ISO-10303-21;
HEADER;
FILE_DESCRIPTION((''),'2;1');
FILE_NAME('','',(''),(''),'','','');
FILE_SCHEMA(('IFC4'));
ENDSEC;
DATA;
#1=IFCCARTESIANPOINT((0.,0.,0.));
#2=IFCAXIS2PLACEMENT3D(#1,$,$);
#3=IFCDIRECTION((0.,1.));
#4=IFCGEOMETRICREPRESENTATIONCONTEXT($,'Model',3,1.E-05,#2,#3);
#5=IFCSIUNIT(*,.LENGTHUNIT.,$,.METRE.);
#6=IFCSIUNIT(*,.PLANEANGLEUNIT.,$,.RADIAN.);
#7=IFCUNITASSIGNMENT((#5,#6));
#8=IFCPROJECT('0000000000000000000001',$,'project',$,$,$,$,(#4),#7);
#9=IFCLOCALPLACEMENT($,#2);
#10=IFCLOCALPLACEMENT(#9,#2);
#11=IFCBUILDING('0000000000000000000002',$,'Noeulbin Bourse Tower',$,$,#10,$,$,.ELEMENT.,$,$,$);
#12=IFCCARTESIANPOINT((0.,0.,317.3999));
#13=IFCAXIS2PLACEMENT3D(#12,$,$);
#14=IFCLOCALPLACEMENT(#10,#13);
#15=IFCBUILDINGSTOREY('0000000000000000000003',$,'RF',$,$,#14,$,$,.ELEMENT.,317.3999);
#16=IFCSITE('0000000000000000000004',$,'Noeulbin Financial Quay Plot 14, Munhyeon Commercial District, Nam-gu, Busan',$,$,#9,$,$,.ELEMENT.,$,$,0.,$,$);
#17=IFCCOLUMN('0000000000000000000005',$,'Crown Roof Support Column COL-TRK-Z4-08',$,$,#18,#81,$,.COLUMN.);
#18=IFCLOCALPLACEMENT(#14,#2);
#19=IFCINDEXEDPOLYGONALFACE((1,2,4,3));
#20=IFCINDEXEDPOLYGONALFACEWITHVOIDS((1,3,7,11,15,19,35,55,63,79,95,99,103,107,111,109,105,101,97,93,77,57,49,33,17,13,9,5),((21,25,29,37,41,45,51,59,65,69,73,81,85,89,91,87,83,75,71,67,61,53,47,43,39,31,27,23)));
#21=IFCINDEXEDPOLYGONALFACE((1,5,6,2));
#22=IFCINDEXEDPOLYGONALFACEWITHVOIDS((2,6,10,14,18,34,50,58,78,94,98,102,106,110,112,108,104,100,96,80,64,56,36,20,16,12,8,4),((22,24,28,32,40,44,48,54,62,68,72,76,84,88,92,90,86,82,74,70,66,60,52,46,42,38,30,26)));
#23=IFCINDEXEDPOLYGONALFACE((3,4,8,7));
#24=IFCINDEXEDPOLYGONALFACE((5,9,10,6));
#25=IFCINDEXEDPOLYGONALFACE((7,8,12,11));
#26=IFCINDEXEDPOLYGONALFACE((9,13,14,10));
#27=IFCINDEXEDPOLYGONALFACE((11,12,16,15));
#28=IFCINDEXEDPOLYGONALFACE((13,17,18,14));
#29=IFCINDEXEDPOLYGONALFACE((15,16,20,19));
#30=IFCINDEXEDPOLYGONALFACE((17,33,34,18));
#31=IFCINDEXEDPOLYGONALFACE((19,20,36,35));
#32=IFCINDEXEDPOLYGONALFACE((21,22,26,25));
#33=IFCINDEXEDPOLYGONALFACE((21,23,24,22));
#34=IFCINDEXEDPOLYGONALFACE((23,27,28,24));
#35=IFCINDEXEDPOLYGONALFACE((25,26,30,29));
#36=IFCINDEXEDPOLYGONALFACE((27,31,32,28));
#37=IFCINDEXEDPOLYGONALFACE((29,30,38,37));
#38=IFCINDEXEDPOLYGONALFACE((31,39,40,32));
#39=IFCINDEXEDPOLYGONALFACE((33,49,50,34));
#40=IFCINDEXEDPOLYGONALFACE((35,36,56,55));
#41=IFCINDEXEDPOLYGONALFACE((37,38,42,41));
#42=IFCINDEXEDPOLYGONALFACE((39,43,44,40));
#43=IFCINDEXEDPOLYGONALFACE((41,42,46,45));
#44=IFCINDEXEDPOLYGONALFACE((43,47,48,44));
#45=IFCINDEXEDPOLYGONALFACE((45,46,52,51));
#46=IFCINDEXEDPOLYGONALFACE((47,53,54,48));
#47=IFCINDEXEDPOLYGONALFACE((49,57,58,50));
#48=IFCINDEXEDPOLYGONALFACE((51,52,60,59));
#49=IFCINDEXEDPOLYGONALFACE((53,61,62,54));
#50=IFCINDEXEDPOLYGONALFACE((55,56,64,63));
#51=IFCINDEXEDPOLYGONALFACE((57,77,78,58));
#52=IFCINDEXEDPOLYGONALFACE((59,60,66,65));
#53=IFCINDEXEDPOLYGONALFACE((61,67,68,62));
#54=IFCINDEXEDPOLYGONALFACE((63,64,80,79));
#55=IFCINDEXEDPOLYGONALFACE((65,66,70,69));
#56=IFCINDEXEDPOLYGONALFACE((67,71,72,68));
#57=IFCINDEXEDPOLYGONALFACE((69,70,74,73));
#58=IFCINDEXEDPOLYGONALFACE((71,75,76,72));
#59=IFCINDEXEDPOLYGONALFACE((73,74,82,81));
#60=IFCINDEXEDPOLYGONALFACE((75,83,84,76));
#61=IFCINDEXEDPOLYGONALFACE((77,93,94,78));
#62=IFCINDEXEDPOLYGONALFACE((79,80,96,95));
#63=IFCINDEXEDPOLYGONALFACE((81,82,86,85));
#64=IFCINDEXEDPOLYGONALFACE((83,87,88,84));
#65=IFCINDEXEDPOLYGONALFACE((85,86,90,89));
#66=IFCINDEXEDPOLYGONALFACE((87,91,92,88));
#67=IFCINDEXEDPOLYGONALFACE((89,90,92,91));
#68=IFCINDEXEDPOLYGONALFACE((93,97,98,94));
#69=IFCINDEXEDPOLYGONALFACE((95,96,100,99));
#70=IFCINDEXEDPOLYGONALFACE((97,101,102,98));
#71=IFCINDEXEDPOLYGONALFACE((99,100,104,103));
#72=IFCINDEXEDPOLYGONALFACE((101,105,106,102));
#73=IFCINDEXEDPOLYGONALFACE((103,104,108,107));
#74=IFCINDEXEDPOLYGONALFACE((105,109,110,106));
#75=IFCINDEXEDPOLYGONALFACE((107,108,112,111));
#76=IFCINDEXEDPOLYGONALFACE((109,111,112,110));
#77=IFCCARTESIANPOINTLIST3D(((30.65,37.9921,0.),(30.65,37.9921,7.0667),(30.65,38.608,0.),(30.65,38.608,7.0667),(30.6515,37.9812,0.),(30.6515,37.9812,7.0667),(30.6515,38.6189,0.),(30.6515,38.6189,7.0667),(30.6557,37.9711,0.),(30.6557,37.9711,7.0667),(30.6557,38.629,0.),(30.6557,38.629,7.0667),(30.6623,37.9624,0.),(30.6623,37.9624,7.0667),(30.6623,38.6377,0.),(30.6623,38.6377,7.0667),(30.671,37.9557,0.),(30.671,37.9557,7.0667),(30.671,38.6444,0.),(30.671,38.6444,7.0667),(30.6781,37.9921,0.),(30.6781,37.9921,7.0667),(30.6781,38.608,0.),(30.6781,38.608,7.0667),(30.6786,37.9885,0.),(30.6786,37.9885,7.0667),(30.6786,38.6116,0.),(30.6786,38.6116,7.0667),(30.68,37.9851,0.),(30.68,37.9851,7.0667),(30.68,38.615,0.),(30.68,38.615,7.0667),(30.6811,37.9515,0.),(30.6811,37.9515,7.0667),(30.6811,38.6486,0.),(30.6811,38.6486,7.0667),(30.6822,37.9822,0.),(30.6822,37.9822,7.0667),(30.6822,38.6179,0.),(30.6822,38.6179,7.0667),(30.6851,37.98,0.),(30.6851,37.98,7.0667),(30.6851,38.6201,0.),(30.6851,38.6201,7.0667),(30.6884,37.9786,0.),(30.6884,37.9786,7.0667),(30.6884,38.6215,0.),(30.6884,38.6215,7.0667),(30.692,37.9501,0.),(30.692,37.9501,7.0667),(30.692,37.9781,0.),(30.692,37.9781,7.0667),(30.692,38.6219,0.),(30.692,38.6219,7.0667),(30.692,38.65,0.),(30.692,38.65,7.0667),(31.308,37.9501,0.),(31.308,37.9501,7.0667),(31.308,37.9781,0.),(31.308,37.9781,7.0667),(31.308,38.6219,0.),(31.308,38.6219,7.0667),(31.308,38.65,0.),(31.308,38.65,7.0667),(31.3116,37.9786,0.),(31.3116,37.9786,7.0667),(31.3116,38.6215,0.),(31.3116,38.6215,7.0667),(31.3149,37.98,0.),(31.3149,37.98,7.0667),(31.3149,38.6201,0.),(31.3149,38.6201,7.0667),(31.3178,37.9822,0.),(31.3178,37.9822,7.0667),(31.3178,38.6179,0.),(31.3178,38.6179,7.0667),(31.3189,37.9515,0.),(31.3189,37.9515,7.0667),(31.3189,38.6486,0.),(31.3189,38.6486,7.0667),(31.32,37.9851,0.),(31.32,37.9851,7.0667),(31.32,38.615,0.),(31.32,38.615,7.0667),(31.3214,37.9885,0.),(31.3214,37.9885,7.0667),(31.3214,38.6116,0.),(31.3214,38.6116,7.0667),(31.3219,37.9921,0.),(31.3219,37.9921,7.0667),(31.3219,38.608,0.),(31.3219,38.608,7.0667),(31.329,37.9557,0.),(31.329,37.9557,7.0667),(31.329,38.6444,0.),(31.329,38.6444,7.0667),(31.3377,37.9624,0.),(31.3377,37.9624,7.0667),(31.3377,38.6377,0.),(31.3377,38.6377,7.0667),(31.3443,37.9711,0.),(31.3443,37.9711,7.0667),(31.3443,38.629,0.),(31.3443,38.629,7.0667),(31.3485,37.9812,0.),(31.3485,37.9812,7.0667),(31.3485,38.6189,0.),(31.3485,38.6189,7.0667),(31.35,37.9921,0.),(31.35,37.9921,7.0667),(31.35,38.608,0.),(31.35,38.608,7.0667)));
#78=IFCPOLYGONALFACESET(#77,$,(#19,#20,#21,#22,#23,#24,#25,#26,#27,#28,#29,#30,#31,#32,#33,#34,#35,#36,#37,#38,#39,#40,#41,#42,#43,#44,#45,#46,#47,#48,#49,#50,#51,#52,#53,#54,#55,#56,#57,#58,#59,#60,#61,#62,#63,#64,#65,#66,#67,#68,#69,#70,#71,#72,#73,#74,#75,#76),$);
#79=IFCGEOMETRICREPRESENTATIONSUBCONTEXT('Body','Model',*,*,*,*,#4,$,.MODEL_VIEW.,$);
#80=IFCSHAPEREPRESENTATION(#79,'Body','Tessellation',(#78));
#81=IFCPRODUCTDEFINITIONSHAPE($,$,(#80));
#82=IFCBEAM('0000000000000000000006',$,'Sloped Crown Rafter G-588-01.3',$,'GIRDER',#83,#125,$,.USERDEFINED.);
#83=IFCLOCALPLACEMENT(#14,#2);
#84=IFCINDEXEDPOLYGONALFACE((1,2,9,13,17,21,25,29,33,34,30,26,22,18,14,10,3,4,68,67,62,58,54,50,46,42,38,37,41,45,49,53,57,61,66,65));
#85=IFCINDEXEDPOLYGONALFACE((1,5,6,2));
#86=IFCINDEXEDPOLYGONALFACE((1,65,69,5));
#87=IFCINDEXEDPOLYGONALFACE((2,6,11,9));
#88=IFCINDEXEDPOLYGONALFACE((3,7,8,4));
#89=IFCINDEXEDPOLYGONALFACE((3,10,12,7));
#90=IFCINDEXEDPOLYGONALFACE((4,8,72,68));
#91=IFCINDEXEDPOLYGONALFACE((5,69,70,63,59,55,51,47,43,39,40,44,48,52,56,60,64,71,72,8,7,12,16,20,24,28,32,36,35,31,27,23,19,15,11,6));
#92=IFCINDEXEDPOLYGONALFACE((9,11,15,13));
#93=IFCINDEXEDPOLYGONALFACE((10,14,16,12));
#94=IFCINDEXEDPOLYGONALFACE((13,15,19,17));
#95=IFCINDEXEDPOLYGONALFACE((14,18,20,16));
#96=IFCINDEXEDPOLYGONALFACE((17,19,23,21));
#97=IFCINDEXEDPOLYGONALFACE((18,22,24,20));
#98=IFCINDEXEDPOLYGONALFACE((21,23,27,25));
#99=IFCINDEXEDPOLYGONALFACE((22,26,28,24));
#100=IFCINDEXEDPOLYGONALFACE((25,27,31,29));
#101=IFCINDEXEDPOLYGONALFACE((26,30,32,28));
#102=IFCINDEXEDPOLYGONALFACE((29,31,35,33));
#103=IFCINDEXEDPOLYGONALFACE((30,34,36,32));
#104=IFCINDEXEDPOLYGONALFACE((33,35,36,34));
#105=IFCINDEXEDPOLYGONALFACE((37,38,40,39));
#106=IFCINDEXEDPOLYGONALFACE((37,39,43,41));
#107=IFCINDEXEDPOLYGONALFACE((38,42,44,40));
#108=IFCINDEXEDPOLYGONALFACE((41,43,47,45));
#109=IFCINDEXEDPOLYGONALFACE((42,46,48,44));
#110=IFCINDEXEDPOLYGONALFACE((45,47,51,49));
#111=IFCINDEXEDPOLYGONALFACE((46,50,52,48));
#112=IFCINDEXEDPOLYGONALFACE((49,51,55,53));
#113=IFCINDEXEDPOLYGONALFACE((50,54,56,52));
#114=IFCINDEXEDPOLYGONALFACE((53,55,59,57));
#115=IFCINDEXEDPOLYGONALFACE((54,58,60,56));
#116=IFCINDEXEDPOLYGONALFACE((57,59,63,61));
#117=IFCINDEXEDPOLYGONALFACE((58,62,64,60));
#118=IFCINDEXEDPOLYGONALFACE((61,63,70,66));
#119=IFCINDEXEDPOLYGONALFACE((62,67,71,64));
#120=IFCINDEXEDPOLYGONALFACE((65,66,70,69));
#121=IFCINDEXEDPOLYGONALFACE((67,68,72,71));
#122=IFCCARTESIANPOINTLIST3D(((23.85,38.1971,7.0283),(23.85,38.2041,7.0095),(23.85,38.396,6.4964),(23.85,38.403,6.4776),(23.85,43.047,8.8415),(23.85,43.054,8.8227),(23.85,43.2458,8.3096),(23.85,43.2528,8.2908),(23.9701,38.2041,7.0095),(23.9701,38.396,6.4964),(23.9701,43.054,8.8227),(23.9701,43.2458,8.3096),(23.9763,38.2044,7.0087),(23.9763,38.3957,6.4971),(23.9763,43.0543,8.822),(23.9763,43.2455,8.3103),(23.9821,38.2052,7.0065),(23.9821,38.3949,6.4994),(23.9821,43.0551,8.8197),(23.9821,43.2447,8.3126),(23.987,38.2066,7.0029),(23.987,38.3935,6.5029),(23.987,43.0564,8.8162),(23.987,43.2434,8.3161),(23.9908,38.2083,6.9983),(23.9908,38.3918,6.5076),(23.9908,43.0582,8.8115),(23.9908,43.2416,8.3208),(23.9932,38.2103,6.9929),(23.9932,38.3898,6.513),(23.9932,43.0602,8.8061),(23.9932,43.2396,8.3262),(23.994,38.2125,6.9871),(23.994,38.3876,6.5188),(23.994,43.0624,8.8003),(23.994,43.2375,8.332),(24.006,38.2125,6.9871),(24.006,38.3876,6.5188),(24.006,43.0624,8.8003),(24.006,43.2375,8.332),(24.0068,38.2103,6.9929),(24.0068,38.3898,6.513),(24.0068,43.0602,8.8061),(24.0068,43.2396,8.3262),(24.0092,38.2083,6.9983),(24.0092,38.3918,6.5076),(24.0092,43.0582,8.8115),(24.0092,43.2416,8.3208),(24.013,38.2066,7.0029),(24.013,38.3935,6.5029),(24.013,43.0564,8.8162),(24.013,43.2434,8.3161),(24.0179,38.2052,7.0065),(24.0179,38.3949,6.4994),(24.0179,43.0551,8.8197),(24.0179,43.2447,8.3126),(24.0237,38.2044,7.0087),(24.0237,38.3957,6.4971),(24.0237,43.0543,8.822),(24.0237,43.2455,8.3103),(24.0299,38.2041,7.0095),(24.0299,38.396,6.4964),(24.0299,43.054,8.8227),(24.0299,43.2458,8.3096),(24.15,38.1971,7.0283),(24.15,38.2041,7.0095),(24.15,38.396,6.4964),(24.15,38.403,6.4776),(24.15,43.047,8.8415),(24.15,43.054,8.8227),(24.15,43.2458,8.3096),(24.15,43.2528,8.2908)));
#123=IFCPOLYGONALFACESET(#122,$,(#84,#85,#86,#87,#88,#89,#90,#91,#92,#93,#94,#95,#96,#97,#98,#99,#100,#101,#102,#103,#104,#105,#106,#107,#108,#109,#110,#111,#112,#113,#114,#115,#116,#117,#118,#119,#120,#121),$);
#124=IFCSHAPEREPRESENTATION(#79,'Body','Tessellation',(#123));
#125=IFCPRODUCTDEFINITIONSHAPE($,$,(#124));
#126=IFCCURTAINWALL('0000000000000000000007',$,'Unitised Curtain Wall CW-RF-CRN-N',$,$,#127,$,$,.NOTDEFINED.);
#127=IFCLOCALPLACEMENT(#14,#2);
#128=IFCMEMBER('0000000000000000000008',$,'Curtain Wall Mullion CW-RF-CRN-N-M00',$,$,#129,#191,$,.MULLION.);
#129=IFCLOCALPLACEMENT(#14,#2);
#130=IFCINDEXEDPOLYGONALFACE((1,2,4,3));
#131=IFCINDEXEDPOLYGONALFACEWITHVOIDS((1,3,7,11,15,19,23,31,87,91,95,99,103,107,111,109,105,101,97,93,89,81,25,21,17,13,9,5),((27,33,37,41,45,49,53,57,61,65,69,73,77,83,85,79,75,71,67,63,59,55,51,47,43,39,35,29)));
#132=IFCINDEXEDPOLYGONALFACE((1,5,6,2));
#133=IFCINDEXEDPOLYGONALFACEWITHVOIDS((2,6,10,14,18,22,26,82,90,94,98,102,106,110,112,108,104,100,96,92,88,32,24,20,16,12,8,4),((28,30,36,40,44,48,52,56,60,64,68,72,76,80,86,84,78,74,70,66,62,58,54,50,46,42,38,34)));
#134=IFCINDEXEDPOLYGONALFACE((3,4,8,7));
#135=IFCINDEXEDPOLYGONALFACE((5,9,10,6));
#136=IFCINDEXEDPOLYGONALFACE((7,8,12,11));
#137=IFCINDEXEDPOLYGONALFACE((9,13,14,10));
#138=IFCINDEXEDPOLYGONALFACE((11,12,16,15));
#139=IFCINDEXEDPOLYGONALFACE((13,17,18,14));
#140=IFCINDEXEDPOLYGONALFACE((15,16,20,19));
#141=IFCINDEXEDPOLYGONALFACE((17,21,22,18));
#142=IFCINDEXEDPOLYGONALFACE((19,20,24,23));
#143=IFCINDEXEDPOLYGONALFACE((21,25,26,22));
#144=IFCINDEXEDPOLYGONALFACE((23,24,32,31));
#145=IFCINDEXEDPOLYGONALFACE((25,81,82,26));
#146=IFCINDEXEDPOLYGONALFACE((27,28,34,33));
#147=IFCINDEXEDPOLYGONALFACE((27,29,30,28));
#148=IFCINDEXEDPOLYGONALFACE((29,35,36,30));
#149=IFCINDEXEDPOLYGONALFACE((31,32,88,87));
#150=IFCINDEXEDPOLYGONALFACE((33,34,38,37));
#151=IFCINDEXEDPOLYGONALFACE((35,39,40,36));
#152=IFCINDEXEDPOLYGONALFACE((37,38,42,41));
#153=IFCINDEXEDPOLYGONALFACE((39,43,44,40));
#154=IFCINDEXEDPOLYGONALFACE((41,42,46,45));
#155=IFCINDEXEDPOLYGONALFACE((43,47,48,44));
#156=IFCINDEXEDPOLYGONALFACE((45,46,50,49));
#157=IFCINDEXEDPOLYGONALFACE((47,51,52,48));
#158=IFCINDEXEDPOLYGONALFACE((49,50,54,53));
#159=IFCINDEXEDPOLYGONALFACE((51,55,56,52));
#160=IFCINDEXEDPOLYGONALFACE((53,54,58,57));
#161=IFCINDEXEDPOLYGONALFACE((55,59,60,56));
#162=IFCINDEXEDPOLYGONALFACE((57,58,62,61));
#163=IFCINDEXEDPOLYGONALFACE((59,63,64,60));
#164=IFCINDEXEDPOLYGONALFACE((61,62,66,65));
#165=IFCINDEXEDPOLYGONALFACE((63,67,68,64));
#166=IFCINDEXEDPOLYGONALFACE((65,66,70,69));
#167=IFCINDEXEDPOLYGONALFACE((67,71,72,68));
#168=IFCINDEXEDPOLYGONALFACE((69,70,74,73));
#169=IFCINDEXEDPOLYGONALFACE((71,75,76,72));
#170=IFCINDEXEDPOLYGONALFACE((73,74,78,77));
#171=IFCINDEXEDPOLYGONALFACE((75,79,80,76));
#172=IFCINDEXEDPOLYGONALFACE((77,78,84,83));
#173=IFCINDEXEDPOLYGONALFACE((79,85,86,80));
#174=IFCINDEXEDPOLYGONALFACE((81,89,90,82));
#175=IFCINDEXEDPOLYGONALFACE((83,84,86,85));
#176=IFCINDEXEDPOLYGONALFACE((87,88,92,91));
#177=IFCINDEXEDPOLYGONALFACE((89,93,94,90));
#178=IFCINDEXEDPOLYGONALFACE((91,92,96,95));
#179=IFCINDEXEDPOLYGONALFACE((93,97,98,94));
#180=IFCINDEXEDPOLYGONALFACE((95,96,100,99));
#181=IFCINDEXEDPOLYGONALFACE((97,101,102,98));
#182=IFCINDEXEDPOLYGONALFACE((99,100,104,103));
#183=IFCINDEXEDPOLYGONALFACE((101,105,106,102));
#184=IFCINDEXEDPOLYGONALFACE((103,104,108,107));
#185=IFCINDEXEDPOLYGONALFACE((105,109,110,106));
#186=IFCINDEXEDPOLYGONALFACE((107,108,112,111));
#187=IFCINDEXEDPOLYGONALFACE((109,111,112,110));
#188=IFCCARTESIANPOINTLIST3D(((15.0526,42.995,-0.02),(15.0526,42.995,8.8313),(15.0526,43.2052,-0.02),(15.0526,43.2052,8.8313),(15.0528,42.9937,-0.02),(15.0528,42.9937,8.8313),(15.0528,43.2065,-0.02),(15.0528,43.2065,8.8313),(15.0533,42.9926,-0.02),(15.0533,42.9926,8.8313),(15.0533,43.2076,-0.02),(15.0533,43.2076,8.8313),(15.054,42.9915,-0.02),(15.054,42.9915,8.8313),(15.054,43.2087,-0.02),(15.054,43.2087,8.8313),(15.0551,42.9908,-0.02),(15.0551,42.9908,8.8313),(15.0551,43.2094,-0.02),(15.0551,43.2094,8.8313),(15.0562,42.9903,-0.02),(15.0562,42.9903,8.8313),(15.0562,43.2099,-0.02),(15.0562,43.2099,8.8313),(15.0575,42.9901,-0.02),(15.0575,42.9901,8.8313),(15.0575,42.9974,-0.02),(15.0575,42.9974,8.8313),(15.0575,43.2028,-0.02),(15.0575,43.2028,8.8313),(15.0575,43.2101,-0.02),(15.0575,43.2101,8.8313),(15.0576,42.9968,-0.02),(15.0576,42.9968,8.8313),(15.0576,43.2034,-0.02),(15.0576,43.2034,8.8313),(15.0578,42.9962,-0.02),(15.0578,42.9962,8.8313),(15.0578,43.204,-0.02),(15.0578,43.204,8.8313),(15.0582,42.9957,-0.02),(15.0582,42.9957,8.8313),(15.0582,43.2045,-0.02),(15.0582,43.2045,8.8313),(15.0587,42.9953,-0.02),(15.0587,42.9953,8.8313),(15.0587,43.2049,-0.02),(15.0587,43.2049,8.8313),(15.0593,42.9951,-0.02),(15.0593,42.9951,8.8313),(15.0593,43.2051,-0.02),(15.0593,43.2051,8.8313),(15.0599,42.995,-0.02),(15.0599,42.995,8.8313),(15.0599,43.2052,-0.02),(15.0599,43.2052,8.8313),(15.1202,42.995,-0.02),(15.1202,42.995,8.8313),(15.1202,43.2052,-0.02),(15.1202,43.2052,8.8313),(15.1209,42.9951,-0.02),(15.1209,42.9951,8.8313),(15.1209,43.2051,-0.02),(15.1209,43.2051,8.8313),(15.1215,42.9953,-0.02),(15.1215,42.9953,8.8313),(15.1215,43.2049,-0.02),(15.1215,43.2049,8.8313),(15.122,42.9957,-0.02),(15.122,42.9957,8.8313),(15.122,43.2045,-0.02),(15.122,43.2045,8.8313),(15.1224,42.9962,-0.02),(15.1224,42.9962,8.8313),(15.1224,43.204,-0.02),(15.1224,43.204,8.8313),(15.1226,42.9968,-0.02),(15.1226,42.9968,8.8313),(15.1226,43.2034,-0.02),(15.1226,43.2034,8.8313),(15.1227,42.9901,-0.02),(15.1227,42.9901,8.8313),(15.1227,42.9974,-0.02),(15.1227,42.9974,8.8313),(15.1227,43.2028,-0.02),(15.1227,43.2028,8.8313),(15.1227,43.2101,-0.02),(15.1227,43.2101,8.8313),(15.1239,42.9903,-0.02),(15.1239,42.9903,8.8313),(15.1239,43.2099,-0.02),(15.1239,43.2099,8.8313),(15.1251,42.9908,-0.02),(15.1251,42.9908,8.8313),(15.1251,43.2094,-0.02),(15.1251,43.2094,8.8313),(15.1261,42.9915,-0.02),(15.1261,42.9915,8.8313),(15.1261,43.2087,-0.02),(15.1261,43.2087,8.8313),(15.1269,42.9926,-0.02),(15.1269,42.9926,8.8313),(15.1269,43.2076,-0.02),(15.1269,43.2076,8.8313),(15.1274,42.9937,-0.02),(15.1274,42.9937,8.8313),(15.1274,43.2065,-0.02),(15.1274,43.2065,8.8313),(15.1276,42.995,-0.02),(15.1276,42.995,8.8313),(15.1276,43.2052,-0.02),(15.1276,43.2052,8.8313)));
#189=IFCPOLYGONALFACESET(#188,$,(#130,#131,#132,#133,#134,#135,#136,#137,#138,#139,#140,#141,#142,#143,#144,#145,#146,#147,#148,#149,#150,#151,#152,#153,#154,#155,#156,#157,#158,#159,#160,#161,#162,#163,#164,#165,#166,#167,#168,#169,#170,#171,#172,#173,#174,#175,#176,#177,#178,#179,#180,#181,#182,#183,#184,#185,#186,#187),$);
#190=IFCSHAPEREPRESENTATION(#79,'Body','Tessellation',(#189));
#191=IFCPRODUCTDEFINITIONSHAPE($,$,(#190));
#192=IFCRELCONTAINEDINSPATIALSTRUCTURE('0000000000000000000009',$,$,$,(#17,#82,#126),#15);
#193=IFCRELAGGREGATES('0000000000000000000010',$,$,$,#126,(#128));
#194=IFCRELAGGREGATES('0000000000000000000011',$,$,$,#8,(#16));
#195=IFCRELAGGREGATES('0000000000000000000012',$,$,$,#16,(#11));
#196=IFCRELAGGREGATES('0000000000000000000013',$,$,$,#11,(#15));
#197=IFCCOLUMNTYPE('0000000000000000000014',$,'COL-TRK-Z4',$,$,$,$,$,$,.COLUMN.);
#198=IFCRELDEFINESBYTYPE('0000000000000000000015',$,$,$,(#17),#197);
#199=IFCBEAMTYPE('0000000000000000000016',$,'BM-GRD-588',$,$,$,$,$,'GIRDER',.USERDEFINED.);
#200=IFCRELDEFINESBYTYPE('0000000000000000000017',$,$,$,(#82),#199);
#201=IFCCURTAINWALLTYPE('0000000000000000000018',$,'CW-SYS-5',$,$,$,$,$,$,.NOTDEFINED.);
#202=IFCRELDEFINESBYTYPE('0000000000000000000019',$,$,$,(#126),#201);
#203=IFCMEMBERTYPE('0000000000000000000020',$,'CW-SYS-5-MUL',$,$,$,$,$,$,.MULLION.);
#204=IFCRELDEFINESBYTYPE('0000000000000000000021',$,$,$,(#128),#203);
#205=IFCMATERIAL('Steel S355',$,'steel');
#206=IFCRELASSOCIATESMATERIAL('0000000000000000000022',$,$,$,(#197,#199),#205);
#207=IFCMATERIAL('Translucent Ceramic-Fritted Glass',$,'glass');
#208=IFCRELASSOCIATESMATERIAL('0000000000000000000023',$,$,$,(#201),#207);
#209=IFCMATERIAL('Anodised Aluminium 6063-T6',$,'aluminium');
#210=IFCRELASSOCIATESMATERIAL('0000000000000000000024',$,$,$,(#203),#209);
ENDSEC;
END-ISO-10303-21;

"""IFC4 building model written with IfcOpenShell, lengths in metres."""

from ifc_helpers import new_model, si_unit, direction, frame, origin, origin_2d, place, context, subcontext, project, spatial, hollow_rectangle, i_section, extrude, material, material_profile, profile_set, type_object, element, aggregate, save


model = new_model("IFC4")

# Units and contexts
model_context = context("Model", 3, precision=1e-05, world=origin(), true_north=direction((0.0, 1.0)))
body_context = subcontext(model_context, "Body", "Model", "MODEL_VIEW")
ifc_project = project(units=[si_unit("LENGTHUNIT", "METRE"), si_unit("PLANEANGLEUNIT", "RADIAN")], contexts=[model_context])

# Site, building, storey
site_placement = place(None, origin())
site = spatial("IfcSite", under=ifc_project, at=site_placement, Name="Noeulbin Financial Quay Plot 14, Munhyeon Commercial District, Nam-gu, Busan", CompositionType="ELEMENT", RefElevation=0.0)
building_placement = place(site_placement, origin())
building = spatial("IfcBuilding", under=site, at=building_placement, Name="Noeulbin Bourse Tower", CompositionType="ELEMENT")
storey_placement = place(building_placement, frame((0.0, 0.0, 317.3999)))
storey = spatial("IfcBuildingStorey", under=building, at=storey_placement, Name="RF", CompositionType="ELEMENT", Elevation=317.3999)

# Column
ifc_material_1 = material(Name="Steel S355", Category="steel")
ifc_material_profile_1 = material_profile(ifc_material_1, hollow_rectangle(XDim=0.7, YDim=0.7, WallThickness=0.0281, InnerFilletRadius=0.0139, OuterFilletRadius=0.042, at=origin_2d()), Name="BOX-700x700x28", Category="LoadBearing")
ifc_profile_set_1 = profile_set([ifc_material_profile_1], Name="Steel S355")
column_type_1 = type_object("IfcColumnType", Name="COL-TRK-Z4", PredefinedType="COLUMN", material=ifc_profile_set_1)
for number, where, z_axis, x_axis, name in (
    (1, (31.0, 38.3, 0.0), (0.0, 0.0, 1.0), (1.0, 0.0, 0.0), "Crown Roof Support Column COL-TRK-Z4-08"),
):
    element("IfcColumn", number, at=place(storey_placement, frame(where, z_axis=z_axis, x_axis=x_axis)), inside=storey, type_object=column_type_1, Name=name, PredefinedType="COLUMN", context=body_context, shape_type="SweptSolid", body=[
        extrude(hollow_rectangle(XDim=0.7, YDim=0.7, WallThickness=0.0281, InnerFilletRadius=0.0139, OuterFilletRadius=0.042, at=origin_2d()), origin(), (0.0, 0.0, 1.0), 7.0667),
    ])

# Beam
ifc_material_profile_2 = material_profile(ifc_material_1, i_section(OverallWidth=0.3, OverallDepth=0.5879, WebThickness=0.012, FlangeThickness=0.02, FilletRadius=0.0239, at=origin_2d()), Name="H-588x300x12x20", Category="LoadBearing")
ifc_profile_set_2 = profile_set([ifc_material_profile_2], Name="Steel S355")
beam_type = type_object("IfcBeamType", Name="BM-GRD-588", ElementType="GIRDER", PredefinedType="USERDEFINED", material=ifc_profile_set_2)
beam_placement = place(storey_placement, frame((24.0, 38.3, 6.7529), z_axis=(0.0, 0.936676, 0.350198), x_axis=(-1.0, 0.0, 0.0)))
element("IfcBeam", 2, at=beam_placement, inside=storey, type_object=beam_type, Name="Sloped Crown Rafter G-588-01.3", ObjectType="GIRDER", PredefinedType="USERDEFINED", context=body_context, shape_type="SweptSolid", body=[
    extrude(i_section(OverallWidth=0.3, OverallDepth=0.5879, WebThickness=0.012, FlangeThickness=0.02, FilletRadius=0.0239, at=origin_2d()), origin(), (0.0, 0.0, 1.0), 5.1777),
])

# Curtain wall, member
ifc_material_2 = material(Name="Translucent Ceramic-Fritted Glass", Category="glass")
curtain_wall_type = type_object("IfcCurtainWallType", Name="CW-SYS-5", PredefinedType="NOTDEFINED", material=ifc_material_2)
curtain_wall_1_placement = place(storey_placement, origin())
curtain_wall_1 = element("IfcCurtainWall", 3, at=curtain_wall_1_placement, inside=storey, type_object=curtain_wall_type, Name="Unitised Curtain Wall CW-RF-CRN-N", PredefinedType="NOTDEFINED")
ifc_material_3 = material(Name="Anodised Aluminium 6063-T6", Category="aluminium")
ifc_material_profile_3 = material_profile(ifc_material_3, hollow_rectangle(XDim=0.075, YDim=0.22, WallThickness=0.0049, InnerFilletRadius=0.0024, OuterFilletRadius=0.0049, at=origin_2d()), Name="ALU-MULL-75x220x5", Category="LoadBearing")
ifc_profile_set_3 = profile_set([ifc_material_profile_3], Name="Anodised Aluminium 6063-T6")
member_type_1 = type_object("IfcMemberType", Name="CW-SYS-5-MUL", PredefinedType="MULLION", material=ifc_profile_set_3)
member_1_placement = place(storey_placement, frame((15.0901, 43.1001, -0.02), z_axis=(0.0, 0.0, 1.0), x_axis=(1.0, 0.0, 0.0)))
member_1 = element("IfcMember", 4, at=member_1_placement, type_object=member_type_1, Name="Curtain Wall Mullion CW-RF-CRN-N-M00", PredefinedType="MULLION", context=body_context, shape_type="SweptSolid", body=[
    extrude(hollow_rectangle(XDim=0.075, YDim=0.22, WallThickness=0.0049, InnerFilletRadius=0.0024, OuterFilletRadius=0.0049, at=origin_2d()), origin(), (0.0, 0.0, 1.0), 8.8513),
])

aggregate(curtain_wall_1, [member_1])

save(model, "model.ifc")
